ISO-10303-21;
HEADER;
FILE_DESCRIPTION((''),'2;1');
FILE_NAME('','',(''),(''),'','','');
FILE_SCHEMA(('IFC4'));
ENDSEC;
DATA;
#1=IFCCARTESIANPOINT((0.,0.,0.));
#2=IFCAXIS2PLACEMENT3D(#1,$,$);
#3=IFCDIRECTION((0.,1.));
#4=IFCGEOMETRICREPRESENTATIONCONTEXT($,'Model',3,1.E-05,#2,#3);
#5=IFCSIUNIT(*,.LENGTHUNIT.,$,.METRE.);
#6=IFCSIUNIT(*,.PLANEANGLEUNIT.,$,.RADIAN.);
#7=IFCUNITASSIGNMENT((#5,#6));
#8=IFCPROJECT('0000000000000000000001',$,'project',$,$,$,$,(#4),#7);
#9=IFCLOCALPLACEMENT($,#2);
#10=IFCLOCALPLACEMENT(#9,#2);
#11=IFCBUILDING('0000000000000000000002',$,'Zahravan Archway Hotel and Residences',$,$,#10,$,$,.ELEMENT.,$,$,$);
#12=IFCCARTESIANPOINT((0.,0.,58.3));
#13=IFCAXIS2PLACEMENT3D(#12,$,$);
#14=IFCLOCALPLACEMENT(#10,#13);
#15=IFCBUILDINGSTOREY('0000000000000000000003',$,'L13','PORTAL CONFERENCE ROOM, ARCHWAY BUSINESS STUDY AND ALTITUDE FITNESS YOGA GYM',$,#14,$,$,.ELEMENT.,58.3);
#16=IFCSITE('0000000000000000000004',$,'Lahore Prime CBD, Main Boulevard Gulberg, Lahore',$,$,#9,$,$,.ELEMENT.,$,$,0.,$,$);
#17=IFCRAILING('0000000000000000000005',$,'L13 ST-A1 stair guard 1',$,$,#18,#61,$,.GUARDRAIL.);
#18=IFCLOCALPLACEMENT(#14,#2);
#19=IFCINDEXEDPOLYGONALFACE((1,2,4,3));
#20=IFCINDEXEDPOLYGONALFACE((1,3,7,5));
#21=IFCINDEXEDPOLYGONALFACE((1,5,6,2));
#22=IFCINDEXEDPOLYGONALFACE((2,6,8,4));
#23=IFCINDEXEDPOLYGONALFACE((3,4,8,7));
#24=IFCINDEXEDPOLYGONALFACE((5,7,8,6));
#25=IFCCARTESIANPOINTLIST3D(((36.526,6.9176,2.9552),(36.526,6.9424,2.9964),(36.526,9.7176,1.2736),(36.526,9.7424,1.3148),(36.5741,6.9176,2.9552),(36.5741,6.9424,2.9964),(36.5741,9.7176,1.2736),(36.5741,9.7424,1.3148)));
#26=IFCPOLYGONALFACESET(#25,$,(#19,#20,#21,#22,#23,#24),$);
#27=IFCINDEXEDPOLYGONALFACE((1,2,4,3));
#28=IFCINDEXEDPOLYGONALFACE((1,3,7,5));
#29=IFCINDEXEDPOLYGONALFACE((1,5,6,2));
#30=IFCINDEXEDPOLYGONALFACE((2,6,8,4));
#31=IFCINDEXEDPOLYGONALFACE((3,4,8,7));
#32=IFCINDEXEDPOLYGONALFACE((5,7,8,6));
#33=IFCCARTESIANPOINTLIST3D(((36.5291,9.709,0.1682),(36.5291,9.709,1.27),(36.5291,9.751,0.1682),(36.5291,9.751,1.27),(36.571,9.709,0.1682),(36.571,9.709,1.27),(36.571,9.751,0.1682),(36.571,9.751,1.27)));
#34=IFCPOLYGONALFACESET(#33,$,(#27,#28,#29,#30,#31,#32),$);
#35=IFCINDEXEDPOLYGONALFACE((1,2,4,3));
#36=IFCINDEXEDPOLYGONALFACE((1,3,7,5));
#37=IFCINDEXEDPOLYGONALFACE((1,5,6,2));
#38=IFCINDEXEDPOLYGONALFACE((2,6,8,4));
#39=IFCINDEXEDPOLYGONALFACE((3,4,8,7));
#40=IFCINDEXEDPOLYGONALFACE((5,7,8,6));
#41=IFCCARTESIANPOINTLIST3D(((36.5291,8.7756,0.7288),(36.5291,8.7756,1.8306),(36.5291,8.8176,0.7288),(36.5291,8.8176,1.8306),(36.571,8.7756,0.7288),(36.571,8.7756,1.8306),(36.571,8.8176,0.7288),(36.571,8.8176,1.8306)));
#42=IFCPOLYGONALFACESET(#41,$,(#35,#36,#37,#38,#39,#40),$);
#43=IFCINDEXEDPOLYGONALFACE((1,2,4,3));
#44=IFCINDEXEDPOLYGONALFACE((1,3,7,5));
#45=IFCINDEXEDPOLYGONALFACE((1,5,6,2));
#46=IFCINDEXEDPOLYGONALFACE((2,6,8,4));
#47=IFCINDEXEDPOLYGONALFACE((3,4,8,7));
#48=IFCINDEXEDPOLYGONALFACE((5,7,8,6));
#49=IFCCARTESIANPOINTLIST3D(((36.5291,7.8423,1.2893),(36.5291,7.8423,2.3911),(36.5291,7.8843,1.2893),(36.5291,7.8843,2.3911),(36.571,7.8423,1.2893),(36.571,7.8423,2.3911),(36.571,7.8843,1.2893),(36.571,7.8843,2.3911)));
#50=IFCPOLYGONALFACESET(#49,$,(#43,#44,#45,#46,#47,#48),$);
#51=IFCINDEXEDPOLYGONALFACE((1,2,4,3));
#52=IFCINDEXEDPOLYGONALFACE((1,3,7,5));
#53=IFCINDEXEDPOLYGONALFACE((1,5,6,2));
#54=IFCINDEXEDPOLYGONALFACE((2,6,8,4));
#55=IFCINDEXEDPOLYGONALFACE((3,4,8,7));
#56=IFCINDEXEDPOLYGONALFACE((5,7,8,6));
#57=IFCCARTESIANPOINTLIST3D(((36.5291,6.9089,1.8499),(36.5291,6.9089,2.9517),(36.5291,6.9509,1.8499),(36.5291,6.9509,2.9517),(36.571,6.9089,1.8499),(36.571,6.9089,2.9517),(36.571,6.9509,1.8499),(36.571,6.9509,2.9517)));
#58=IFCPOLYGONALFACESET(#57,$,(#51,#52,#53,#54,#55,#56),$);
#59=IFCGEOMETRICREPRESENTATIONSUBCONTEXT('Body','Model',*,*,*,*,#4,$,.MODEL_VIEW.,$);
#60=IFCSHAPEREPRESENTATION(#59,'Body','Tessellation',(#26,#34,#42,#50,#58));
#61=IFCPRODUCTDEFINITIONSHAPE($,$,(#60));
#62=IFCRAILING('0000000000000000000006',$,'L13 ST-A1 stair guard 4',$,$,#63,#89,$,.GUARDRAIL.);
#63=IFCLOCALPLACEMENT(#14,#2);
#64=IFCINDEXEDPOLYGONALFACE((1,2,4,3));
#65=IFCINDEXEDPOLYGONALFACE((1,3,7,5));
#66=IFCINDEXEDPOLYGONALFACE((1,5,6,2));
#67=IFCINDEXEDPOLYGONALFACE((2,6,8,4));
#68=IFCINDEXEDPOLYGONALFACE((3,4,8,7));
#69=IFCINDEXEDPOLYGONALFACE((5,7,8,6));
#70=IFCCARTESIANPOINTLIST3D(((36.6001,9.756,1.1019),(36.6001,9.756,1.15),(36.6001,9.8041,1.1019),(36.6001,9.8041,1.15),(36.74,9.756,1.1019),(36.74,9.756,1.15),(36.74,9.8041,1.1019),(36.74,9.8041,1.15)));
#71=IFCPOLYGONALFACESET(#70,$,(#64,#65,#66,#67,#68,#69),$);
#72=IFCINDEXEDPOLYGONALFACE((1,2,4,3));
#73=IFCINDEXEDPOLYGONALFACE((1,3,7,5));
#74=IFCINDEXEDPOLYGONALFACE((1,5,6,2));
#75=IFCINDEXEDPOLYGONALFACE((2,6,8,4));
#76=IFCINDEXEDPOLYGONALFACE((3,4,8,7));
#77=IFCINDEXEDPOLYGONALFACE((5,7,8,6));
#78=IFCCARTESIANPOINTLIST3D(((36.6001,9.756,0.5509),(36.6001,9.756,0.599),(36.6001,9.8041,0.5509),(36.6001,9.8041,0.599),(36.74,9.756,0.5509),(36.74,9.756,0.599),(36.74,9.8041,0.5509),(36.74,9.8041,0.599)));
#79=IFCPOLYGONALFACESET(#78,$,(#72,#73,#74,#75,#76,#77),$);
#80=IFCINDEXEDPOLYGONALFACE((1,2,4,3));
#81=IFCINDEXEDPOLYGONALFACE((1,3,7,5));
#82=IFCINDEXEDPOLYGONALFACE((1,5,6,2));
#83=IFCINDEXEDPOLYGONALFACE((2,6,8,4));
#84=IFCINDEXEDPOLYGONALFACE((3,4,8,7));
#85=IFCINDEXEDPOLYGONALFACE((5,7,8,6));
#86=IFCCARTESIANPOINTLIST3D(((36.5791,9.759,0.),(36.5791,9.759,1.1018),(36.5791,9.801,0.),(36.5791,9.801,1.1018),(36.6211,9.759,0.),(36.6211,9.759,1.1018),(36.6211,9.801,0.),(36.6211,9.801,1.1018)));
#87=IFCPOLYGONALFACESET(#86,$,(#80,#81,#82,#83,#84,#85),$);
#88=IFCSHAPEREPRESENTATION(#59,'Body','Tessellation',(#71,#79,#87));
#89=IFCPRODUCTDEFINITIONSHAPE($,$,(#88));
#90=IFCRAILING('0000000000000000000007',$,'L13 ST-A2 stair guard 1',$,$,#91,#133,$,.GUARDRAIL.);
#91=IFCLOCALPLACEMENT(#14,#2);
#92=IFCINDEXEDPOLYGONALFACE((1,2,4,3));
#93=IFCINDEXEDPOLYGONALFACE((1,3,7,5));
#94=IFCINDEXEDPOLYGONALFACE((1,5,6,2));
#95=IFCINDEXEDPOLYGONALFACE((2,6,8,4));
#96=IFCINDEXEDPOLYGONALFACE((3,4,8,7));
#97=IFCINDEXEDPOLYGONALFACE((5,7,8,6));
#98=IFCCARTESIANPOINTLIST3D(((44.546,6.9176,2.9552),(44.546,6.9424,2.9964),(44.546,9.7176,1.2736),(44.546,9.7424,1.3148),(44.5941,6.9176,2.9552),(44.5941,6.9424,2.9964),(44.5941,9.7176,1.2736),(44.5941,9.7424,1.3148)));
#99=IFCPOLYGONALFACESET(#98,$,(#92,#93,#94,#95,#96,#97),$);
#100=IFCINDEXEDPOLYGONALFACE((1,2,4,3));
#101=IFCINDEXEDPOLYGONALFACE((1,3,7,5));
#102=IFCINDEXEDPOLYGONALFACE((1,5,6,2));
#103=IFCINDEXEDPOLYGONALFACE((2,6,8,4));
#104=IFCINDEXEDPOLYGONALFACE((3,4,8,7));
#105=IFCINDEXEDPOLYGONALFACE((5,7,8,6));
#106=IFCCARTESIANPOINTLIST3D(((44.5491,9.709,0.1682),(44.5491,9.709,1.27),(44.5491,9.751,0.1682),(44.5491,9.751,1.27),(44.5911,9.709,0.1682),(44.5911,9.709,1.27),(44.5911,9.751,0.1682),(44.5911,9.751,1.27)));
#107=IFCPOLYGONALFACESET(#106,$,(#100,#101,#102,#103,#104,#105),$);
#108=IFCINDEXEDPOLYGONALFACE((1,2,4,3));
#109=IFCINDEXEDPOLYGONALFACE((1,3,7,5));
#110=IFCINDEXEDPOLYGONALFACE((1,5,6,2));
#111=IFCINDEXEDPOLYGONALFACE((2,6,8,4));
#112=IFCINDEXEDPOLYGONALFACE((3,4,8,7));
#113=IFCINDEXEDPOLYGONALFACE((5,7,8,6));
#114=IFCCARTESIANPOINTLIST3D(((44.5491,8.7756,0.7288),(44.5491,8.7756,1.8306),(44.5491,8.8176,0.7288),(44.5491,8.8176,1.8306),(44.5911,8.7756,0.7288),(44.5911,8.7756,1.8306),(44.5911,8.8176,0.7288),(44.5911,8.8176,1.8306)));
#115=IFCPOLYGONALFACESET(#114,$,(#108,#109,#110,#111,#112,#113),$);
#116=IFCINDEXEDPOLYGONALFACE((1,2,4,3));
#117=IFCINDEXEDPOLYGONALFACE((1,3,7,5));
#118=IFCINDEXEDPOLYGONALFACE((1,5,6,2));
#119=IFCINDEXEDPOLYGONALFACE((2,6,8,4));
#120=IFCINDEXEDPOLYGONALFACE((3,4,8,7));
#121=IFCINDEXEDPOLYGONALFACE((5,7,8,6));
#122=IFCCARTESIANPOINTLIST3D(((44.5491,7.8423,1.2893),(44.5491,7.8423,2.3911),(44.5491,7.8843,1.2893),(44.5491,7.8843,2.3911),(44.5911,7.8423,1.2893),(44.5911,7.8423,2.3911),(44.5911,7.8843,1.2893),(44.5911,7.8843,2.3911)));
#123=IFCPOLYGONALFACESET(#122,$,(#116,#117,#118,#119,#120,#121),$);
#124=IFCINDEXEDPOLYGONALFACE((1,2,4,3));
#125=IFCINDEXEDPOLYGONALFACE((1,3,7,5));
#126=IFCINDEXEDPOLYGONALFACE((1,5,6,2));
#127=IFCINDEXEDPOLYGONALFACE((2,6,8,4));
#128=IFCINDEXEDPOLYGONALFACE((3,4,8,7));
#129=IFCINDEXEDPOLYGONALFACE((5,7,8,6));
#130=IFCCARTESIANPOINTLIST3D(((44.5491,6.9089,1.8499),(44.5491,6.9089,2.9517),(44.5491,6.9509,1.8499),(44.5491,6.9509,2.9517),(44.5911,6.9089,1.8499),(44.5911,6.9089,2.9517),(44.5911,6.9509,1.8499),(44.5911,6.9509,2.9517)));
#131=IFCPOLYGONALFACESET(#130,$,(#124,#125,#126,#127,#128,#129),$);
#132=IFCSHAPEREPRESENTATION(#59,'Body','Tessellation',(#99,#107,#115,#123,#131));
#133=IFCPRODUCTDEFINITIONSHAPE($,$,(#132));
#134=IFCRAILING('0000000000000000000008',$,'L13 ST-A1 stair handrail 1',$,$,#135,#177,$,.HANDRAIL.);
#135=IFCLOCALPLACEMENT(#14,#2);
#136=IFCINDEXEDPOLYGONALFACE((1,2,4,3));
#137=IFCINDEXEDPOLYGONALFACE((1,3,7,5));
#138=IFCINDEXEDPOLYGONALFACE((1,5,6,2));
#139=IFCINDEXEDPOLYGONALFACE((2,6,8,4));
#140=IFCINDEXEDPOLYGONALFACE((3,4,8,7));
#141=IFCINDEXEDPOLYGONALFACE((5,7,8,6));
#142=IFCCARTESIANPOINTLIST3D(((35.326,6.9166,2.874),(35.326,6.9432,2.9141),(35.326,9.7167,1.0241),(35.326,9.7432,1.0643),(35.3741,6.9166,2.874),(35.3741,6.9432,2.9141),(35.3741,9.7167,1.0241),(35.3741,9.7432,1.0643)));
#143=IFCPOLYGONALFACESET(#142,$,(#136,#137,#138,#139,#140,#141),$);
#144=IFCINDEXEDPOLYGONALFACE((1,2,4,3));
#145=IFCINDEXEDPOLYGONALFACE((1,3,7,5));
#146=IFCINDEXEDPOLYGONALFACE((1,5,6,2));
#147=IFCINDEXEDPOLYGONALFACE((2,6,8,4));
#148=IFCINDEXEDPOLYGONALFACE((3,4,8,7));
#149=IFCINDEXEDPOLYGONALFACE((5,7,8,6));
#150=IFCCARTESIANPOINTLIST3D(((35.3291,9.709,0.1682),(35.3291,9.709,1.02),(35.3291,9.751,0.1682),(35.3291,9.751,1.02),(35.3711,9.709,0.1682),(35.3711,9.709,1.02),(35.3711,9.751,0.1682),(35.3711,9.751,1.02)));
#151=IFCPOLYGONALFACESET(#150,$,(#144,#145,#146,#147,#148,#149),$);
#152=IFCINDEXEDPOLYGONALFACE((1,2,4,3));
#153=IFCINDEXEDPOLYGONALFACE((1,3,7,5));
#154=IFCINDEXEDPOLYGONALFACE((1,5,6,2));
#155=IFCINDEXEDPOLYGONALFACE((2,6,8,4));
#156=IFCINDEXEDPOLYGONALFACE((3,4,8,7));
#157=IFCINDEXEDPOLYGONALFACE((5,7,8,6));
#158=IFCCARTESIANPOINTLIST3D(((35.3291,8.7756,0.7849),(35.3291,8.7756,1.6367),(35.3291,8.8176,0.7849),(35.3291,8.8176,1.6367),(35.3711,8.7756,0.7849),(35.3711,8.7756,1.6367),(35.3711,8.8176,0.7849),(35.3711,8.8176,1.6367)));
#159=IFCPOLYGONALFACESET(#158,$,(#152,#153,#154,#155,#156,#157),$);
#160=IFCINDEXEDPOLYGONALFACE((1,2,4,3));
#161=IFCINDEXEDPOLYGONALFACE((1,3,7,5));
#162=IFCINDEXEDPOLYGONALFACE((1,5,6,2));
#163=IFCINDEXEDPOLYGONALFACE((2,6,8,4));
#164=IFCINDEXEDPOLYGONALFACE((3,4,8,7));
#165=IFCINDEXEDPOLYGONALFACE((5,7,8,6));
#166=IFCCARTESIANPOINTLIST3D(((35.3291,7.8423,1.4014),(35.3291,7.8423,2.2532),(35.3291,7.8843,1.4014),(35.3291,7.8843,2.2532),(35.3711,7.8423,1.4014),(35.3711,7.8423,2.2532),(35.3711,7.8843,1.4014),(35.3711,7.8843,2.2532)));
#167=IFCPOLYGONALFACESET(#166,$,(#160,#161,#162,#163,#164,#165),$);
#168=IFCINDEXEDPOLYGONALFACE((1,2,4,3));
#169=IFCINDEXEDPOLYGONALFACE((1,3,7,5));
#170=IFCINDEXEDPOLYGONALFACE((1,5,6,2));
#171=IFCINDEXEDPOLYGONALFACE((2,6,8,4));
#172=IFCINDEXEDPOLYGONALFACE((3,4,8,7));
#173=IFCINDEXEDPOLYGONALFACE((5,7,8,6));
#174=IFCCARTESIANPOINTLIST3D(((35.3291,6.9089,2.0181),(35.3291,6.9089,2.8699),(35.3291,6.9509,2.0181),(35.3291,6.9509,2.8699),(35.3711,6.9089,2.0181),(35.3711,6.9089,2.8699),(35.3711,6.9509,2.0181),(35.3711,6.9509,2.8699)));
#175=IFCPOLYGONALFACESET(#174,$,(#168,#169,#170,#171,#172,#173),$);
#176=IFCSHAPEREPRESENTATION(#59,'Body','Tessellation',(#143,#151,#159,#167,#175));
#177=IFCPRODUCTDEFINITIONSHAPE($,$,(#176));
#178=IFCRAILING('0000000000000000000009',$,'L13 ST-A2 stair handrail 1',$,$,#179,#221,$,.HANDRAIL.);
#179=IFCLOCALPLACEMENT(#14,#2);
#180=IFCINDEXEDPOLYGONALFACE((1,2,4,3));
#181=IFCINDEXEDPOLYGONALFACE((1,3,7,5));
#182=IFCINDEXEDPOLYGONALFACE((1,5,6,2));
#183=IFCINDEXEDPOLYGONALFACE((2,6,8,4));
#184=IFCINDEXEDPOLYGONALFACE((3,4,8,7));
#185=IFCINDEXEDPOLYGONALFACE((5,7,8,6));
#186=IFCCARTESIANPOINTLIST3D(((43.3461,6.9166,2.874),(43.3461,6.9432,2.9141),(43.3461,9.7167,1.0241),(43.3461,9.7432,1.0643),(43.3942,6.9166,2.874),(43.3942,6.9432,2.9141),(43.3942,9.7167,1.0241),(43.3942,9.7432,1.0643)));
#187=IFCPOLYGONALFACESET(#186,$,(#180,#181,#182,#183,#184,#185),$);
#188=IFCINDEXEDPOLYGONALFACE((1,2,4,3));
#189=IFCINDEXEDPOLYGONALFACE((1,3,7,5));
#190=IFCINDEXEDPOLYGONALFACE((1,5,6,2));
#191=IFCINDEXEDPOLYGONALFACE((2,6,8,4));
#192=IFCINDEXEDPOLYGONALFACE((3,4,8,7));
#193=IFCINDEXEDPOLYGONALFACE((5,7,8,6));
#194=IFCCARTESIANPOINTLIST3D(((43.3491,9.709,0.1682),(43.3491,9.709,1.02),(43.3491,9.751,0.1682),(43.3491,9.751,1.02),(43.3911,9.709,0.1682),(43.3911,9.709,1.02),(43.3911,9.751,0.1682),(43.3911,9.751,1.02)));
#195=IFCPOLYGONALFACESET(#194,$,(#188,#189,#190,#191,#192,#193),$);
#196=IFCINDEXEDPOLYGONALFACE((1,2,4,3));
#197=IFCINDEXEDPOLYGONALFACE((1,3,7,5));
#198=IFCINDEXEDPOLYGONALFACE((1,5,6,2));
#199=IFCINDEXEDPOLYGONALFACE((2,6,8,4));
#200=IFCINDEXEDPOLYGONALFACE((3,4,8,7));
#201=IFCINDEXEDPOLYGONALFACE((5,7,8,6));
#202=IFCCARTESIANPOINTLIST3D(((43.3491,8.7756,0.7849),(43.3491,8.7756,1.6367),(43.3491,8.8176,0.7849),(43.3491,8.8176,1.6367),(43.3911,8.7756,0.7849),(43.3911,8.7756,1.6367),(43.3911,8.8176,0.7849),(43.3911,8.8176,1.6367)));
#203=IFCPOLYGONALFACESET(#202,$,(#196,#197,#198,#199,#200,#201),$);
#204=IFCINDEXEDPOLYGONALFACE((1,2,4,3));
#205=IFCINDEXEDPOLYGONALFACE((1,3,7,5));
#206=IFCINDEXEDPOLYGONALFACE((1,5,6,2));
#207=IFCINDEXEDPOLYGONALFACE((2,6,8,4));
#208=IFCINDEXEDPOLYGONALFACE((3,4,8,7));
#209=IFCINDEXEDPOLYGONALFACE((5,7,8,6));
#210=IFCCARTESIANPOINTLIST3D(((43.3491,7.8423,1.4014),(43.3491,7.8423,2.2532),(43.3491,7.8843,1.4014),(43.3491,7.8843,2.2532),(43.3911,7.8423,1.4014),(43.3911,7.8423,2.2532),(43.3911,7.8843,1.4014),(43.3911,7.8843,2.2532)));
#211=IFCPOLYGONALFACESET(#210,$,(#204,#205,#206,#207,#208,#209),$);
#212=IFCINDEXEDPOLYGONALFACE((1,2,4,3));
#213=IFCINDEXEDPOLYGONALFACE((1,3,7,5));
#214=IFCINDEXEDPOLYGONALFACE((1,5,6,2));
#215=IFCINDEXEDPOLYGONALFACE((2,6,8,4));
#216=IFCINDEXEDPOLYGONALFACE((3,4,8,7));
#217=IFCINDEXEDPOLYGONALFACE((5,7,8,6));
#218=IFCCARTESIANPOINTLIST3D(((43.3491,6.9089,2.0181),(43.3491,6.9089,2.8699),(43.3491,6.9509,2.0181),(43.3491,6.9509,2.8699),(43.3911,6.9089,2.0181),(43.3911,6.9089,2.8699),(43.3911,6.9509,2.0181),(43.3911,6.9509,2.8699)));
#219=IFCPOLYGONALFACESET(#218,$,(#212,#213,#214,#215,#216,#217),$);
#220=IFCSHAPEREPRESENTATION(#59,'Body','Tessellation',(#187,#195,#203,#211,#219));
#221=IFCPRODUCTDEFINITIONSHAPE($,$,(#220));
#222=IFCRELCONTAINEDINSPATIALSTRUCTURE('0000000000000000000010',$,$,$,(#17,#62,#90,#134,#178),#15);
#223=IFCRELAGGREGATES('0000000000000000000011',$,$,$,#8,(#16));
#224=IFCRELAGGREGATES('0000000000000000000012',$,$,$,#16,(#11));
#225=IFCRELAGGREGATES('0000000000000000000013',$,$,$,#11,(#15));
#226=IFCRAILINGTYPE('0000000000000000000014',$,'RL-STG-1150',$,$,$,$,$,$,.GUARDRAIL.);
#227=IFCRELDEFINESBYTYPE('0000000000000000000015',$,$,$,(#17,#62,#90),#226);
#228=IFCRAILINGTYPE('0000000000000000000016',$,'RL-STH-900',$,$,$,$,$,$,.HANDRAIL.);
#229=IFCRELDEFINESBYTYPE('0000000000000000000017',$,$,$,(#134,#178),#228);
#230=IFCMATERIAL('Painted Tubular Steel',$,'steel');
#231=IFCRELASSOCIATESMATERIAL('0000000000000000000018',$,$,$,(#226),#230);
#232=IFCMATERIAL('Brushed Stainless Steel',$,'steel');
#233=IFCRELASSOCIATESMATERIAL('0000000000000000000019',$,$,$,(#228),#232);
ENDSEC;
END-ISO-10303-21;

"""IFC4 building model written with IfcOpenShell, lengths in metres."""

from ifc_helpers import new_model, si_unit, direction, frame, origin, origin_2d, place, context, subcontext, project, spatial, rectangle, extrude, material, type_object, element, save


model = new_model("IFC4")

# Units and contexts
model_context = context("Model", 3, precision=1e-05, world=origin(), true_north=direction((0.0, 1.0)))
body_context = subcontext(model_context, "Body", "Model", "MODEL_VIEW")
ifc_project = project(units=[si_unit("LENGTHUNIT", "METRE"), si_unit("PLANEANGLEUNIT", "RADIAN")], contexts=[model_context])

# Site, building, storey
site_placement = place(None, origin())
site = spatial("IfcSite", under=ifc_project, at=site_placement, Name="Lahore Prime CBD, Main Boulevard Gulberg, Lahore", CompositionType="ELEMENT", RefElevation=0.0)
building_placement = place(site_placement, origin())
building = spatial("IfcBuilding", under=site, at=building_placement, Name="Zahravan Archway Hotel and Residences", CompositionType="ELEMENT")
storey_placement = place(building_placement, frame((0.0, 0.0, 58.3)))
storey = spatial("IfcBuildingStorey", under=building, at=storey_placement, Name="L13", Description="PORTAL CONFERENCE ROOM, ARCHWAY BUSINESS STUDY AND ALTITUDE FITNESS YOGA GYM", CompositionType="ELEMENT", Elevation=58.3)

# Shared definitions
ifc_material_1 = material(Name="Brushed Stainless Steel", Category="steel")

# Railings
ifc_material_2 = material(Name="Painted Tubular Steel", Category="steel")
railing_type_1 = type_object("IfcRailingType", Name="RL-STG-1150", PredefinedType="GUARDRAIL", material=ifc_material_2)
railing_1_placement = place(storey_placement, frame((36.55, 9.73, 0.1682)))
element("IfcRailing", 1, at=railing_1_placement, inside=storey, type_object=railing_type_1, Name="L13 ST-A1 stair guard 1", PredefinedType="GUARDRAIL", context=body_context, shape_type="SweptSolid", body=[
    extrude(rectangle(XDim=0.0481, YDim=0.0481, at=origin_2d()), frame((0.0, 0.0, 1.126), z_axis=(0.0, -0.857275, 0.514858), x_axis=(1.0, 0.0, 0.0)), (0.0, 0.0, 1.0), 3.2661),
    extrude(rectangle(XDim=0.042, YDim=0.042, at=origin_2d()), origin(), (0.0, 0.0, 1.0), 1.1018),
    extrude(rectangle(XDim=0.042, YDim=0.042, at=origin_2d()), frame((0.0, -0.9333, 0.5605)), (0.0, 0.0, 1.0), 1.1018),
    extrude(rectangle(XDim=0.042, YDim=0.042, at=origin_2d()), frame((0.0, -1.8667, 1.1211)), (0.0, 0.0, 1.0), 1.1018),
    extrude(rectangle(XDim=0.042, YDim=0.042, at=origin_2d()), frame((0.0, -2.8, 1.6816)), (0.0, 0.0, 1.0), 1.1018),
])
railing_2_placement = place(storey_placement, frame((36.6001, 9.78, 0.0)))
element("IfcRailing", 2, at=railing_2_placement, inside=storey, type_object=railing_type_1, Name="L13 ST-A1 stair guard 4", PredefinedType="GUARDRAIL", context=body_context, shape_type="SweptSolid", body=[
    extrude(rectangle(XDim=0.0481, YDim=0.0481, at=origin_2d()), frame((0.0, 0.0, 1.126), z_axis=(1.0, 0.0, 0.0), x_axis=(0.0, 1.0, 0.0)), (0.0, 0.0, 1.0), 0.1399),
    extrude(rectangle(XDim=0.0481, YDim=0.0481, at=origin_2d()), frame((0.0, 0.0, 0.575), z_axis=(1.0, 0.0, 0.0), x_axis=(0.0, 1.0, 0.0)), (0.0, 0.0, 1.0), 0.1399),
    extrude(rectangle(XDim=0.042, YDim=0.042, at=origin_2d()), origin(), (0.0, 0.0, 1.0), 1.1018),
])
railing_3_placement = place(storey_placement, frame((44.5701, 9.73, 0.1682)))
element("IfcRailing", 3, at=railing_3_placement, inside=storey, type_object=railing_type_1, Name="L13 ST-A2 stair guard 1", PredefinedType="GUARDRAIL", context=body_context, shape_type="SweptSolid", body=[
    extrude(rectangle(XDim=0.0481, YDim=0.0481, at=origin_2d()), frame((0.0, 0.0, 1.126), z_axis=(0.0, -0.857275, 0.514858), x_axis=(1.0, 0.0, 0.0)), (0.0, 0.0, 1.0), 3.2661),
    extrude(rectangle(XDim=0.042, YDim=0.042, at=origin_2d()), origin(), (0.0, 0.0, 1.0), 1.1018),
    extrude(rectangle(XDim=0.042, YDim=0.042, at=origin_2d()), frame((0.0, -0.9333, 0.5605)), (0.0, 0.0, 1.0), 1.1018),
    extrude(rectangle(XDim=0.042, YDim=0.042, at=origin_2d()), frame((0.0, -1.8667, 1.1211)), (0.0, 0.0, 1.0), 1.1018),
    extrude(rectangle(XDim=0.042, YDim=0.042, at=origin_2d()), frame((0.0, -2.8, 1.6816)), (0.0, 0.0, 1.0), 1.1018),
])
railing_type_2 = type_object("IfcRailingType", Name="RL-STH-900", PredefinedType="HANDRAIL", material=ifc_material_1)
for number, where, name in (
    (4, (35.3501, 9.73, 0.1682), "L13 ST-A1 stair handrail 1"),
    (5, (43.3701, 9.73, 0.1682), "L13 ST-A2 stair handrail 1"),
):
    element("IfcRailing", number, at=place(storey_placement, frame(where)), inside=storey, type_object=railing_type_2, Name=name, PredefinedType="HANDRAIL", context=body_context, shape_type="SweptSolid", body=[
        extrude(rectangle(XDim=0.0481, YDim=0.0481, at=origin_2d()), frame((0.0, 0.0, 0.876), z_axis=(0.0, -0.83436, 0.55122), x_axis=(1.0, 0.0, 0.0)), (0.0, 0.0, 1.0), 3.356),
        extrude(rectangle(XDim=0.042, YDim=0.042, at=origin_2d()), origin(), (0.0, 0.0, 1.0), 0.8518),
        extrude(rectangle(XDim=0.042, YDim=0.042, at=origin_2d()), frame((0.0, -0.9333, 0.6167)), (0.0, 0.0, 1.0), 0.8518),
        extrude(rectangle(XDim=0.042, YDim=0.042, at=origin_2d()), frame((0.0, -1.8667, 1.2332)), (0.0, 0.0, 1.0), 0.8518),
        extrude(rectangle(XDim=0.042, YDim=0.042, at=origin_2d()), frame((0.0, -2.8, 1.8499)), (0.0, 0.0, 1.0), 0.8518),
    ])

save(model, "model.ifc")
